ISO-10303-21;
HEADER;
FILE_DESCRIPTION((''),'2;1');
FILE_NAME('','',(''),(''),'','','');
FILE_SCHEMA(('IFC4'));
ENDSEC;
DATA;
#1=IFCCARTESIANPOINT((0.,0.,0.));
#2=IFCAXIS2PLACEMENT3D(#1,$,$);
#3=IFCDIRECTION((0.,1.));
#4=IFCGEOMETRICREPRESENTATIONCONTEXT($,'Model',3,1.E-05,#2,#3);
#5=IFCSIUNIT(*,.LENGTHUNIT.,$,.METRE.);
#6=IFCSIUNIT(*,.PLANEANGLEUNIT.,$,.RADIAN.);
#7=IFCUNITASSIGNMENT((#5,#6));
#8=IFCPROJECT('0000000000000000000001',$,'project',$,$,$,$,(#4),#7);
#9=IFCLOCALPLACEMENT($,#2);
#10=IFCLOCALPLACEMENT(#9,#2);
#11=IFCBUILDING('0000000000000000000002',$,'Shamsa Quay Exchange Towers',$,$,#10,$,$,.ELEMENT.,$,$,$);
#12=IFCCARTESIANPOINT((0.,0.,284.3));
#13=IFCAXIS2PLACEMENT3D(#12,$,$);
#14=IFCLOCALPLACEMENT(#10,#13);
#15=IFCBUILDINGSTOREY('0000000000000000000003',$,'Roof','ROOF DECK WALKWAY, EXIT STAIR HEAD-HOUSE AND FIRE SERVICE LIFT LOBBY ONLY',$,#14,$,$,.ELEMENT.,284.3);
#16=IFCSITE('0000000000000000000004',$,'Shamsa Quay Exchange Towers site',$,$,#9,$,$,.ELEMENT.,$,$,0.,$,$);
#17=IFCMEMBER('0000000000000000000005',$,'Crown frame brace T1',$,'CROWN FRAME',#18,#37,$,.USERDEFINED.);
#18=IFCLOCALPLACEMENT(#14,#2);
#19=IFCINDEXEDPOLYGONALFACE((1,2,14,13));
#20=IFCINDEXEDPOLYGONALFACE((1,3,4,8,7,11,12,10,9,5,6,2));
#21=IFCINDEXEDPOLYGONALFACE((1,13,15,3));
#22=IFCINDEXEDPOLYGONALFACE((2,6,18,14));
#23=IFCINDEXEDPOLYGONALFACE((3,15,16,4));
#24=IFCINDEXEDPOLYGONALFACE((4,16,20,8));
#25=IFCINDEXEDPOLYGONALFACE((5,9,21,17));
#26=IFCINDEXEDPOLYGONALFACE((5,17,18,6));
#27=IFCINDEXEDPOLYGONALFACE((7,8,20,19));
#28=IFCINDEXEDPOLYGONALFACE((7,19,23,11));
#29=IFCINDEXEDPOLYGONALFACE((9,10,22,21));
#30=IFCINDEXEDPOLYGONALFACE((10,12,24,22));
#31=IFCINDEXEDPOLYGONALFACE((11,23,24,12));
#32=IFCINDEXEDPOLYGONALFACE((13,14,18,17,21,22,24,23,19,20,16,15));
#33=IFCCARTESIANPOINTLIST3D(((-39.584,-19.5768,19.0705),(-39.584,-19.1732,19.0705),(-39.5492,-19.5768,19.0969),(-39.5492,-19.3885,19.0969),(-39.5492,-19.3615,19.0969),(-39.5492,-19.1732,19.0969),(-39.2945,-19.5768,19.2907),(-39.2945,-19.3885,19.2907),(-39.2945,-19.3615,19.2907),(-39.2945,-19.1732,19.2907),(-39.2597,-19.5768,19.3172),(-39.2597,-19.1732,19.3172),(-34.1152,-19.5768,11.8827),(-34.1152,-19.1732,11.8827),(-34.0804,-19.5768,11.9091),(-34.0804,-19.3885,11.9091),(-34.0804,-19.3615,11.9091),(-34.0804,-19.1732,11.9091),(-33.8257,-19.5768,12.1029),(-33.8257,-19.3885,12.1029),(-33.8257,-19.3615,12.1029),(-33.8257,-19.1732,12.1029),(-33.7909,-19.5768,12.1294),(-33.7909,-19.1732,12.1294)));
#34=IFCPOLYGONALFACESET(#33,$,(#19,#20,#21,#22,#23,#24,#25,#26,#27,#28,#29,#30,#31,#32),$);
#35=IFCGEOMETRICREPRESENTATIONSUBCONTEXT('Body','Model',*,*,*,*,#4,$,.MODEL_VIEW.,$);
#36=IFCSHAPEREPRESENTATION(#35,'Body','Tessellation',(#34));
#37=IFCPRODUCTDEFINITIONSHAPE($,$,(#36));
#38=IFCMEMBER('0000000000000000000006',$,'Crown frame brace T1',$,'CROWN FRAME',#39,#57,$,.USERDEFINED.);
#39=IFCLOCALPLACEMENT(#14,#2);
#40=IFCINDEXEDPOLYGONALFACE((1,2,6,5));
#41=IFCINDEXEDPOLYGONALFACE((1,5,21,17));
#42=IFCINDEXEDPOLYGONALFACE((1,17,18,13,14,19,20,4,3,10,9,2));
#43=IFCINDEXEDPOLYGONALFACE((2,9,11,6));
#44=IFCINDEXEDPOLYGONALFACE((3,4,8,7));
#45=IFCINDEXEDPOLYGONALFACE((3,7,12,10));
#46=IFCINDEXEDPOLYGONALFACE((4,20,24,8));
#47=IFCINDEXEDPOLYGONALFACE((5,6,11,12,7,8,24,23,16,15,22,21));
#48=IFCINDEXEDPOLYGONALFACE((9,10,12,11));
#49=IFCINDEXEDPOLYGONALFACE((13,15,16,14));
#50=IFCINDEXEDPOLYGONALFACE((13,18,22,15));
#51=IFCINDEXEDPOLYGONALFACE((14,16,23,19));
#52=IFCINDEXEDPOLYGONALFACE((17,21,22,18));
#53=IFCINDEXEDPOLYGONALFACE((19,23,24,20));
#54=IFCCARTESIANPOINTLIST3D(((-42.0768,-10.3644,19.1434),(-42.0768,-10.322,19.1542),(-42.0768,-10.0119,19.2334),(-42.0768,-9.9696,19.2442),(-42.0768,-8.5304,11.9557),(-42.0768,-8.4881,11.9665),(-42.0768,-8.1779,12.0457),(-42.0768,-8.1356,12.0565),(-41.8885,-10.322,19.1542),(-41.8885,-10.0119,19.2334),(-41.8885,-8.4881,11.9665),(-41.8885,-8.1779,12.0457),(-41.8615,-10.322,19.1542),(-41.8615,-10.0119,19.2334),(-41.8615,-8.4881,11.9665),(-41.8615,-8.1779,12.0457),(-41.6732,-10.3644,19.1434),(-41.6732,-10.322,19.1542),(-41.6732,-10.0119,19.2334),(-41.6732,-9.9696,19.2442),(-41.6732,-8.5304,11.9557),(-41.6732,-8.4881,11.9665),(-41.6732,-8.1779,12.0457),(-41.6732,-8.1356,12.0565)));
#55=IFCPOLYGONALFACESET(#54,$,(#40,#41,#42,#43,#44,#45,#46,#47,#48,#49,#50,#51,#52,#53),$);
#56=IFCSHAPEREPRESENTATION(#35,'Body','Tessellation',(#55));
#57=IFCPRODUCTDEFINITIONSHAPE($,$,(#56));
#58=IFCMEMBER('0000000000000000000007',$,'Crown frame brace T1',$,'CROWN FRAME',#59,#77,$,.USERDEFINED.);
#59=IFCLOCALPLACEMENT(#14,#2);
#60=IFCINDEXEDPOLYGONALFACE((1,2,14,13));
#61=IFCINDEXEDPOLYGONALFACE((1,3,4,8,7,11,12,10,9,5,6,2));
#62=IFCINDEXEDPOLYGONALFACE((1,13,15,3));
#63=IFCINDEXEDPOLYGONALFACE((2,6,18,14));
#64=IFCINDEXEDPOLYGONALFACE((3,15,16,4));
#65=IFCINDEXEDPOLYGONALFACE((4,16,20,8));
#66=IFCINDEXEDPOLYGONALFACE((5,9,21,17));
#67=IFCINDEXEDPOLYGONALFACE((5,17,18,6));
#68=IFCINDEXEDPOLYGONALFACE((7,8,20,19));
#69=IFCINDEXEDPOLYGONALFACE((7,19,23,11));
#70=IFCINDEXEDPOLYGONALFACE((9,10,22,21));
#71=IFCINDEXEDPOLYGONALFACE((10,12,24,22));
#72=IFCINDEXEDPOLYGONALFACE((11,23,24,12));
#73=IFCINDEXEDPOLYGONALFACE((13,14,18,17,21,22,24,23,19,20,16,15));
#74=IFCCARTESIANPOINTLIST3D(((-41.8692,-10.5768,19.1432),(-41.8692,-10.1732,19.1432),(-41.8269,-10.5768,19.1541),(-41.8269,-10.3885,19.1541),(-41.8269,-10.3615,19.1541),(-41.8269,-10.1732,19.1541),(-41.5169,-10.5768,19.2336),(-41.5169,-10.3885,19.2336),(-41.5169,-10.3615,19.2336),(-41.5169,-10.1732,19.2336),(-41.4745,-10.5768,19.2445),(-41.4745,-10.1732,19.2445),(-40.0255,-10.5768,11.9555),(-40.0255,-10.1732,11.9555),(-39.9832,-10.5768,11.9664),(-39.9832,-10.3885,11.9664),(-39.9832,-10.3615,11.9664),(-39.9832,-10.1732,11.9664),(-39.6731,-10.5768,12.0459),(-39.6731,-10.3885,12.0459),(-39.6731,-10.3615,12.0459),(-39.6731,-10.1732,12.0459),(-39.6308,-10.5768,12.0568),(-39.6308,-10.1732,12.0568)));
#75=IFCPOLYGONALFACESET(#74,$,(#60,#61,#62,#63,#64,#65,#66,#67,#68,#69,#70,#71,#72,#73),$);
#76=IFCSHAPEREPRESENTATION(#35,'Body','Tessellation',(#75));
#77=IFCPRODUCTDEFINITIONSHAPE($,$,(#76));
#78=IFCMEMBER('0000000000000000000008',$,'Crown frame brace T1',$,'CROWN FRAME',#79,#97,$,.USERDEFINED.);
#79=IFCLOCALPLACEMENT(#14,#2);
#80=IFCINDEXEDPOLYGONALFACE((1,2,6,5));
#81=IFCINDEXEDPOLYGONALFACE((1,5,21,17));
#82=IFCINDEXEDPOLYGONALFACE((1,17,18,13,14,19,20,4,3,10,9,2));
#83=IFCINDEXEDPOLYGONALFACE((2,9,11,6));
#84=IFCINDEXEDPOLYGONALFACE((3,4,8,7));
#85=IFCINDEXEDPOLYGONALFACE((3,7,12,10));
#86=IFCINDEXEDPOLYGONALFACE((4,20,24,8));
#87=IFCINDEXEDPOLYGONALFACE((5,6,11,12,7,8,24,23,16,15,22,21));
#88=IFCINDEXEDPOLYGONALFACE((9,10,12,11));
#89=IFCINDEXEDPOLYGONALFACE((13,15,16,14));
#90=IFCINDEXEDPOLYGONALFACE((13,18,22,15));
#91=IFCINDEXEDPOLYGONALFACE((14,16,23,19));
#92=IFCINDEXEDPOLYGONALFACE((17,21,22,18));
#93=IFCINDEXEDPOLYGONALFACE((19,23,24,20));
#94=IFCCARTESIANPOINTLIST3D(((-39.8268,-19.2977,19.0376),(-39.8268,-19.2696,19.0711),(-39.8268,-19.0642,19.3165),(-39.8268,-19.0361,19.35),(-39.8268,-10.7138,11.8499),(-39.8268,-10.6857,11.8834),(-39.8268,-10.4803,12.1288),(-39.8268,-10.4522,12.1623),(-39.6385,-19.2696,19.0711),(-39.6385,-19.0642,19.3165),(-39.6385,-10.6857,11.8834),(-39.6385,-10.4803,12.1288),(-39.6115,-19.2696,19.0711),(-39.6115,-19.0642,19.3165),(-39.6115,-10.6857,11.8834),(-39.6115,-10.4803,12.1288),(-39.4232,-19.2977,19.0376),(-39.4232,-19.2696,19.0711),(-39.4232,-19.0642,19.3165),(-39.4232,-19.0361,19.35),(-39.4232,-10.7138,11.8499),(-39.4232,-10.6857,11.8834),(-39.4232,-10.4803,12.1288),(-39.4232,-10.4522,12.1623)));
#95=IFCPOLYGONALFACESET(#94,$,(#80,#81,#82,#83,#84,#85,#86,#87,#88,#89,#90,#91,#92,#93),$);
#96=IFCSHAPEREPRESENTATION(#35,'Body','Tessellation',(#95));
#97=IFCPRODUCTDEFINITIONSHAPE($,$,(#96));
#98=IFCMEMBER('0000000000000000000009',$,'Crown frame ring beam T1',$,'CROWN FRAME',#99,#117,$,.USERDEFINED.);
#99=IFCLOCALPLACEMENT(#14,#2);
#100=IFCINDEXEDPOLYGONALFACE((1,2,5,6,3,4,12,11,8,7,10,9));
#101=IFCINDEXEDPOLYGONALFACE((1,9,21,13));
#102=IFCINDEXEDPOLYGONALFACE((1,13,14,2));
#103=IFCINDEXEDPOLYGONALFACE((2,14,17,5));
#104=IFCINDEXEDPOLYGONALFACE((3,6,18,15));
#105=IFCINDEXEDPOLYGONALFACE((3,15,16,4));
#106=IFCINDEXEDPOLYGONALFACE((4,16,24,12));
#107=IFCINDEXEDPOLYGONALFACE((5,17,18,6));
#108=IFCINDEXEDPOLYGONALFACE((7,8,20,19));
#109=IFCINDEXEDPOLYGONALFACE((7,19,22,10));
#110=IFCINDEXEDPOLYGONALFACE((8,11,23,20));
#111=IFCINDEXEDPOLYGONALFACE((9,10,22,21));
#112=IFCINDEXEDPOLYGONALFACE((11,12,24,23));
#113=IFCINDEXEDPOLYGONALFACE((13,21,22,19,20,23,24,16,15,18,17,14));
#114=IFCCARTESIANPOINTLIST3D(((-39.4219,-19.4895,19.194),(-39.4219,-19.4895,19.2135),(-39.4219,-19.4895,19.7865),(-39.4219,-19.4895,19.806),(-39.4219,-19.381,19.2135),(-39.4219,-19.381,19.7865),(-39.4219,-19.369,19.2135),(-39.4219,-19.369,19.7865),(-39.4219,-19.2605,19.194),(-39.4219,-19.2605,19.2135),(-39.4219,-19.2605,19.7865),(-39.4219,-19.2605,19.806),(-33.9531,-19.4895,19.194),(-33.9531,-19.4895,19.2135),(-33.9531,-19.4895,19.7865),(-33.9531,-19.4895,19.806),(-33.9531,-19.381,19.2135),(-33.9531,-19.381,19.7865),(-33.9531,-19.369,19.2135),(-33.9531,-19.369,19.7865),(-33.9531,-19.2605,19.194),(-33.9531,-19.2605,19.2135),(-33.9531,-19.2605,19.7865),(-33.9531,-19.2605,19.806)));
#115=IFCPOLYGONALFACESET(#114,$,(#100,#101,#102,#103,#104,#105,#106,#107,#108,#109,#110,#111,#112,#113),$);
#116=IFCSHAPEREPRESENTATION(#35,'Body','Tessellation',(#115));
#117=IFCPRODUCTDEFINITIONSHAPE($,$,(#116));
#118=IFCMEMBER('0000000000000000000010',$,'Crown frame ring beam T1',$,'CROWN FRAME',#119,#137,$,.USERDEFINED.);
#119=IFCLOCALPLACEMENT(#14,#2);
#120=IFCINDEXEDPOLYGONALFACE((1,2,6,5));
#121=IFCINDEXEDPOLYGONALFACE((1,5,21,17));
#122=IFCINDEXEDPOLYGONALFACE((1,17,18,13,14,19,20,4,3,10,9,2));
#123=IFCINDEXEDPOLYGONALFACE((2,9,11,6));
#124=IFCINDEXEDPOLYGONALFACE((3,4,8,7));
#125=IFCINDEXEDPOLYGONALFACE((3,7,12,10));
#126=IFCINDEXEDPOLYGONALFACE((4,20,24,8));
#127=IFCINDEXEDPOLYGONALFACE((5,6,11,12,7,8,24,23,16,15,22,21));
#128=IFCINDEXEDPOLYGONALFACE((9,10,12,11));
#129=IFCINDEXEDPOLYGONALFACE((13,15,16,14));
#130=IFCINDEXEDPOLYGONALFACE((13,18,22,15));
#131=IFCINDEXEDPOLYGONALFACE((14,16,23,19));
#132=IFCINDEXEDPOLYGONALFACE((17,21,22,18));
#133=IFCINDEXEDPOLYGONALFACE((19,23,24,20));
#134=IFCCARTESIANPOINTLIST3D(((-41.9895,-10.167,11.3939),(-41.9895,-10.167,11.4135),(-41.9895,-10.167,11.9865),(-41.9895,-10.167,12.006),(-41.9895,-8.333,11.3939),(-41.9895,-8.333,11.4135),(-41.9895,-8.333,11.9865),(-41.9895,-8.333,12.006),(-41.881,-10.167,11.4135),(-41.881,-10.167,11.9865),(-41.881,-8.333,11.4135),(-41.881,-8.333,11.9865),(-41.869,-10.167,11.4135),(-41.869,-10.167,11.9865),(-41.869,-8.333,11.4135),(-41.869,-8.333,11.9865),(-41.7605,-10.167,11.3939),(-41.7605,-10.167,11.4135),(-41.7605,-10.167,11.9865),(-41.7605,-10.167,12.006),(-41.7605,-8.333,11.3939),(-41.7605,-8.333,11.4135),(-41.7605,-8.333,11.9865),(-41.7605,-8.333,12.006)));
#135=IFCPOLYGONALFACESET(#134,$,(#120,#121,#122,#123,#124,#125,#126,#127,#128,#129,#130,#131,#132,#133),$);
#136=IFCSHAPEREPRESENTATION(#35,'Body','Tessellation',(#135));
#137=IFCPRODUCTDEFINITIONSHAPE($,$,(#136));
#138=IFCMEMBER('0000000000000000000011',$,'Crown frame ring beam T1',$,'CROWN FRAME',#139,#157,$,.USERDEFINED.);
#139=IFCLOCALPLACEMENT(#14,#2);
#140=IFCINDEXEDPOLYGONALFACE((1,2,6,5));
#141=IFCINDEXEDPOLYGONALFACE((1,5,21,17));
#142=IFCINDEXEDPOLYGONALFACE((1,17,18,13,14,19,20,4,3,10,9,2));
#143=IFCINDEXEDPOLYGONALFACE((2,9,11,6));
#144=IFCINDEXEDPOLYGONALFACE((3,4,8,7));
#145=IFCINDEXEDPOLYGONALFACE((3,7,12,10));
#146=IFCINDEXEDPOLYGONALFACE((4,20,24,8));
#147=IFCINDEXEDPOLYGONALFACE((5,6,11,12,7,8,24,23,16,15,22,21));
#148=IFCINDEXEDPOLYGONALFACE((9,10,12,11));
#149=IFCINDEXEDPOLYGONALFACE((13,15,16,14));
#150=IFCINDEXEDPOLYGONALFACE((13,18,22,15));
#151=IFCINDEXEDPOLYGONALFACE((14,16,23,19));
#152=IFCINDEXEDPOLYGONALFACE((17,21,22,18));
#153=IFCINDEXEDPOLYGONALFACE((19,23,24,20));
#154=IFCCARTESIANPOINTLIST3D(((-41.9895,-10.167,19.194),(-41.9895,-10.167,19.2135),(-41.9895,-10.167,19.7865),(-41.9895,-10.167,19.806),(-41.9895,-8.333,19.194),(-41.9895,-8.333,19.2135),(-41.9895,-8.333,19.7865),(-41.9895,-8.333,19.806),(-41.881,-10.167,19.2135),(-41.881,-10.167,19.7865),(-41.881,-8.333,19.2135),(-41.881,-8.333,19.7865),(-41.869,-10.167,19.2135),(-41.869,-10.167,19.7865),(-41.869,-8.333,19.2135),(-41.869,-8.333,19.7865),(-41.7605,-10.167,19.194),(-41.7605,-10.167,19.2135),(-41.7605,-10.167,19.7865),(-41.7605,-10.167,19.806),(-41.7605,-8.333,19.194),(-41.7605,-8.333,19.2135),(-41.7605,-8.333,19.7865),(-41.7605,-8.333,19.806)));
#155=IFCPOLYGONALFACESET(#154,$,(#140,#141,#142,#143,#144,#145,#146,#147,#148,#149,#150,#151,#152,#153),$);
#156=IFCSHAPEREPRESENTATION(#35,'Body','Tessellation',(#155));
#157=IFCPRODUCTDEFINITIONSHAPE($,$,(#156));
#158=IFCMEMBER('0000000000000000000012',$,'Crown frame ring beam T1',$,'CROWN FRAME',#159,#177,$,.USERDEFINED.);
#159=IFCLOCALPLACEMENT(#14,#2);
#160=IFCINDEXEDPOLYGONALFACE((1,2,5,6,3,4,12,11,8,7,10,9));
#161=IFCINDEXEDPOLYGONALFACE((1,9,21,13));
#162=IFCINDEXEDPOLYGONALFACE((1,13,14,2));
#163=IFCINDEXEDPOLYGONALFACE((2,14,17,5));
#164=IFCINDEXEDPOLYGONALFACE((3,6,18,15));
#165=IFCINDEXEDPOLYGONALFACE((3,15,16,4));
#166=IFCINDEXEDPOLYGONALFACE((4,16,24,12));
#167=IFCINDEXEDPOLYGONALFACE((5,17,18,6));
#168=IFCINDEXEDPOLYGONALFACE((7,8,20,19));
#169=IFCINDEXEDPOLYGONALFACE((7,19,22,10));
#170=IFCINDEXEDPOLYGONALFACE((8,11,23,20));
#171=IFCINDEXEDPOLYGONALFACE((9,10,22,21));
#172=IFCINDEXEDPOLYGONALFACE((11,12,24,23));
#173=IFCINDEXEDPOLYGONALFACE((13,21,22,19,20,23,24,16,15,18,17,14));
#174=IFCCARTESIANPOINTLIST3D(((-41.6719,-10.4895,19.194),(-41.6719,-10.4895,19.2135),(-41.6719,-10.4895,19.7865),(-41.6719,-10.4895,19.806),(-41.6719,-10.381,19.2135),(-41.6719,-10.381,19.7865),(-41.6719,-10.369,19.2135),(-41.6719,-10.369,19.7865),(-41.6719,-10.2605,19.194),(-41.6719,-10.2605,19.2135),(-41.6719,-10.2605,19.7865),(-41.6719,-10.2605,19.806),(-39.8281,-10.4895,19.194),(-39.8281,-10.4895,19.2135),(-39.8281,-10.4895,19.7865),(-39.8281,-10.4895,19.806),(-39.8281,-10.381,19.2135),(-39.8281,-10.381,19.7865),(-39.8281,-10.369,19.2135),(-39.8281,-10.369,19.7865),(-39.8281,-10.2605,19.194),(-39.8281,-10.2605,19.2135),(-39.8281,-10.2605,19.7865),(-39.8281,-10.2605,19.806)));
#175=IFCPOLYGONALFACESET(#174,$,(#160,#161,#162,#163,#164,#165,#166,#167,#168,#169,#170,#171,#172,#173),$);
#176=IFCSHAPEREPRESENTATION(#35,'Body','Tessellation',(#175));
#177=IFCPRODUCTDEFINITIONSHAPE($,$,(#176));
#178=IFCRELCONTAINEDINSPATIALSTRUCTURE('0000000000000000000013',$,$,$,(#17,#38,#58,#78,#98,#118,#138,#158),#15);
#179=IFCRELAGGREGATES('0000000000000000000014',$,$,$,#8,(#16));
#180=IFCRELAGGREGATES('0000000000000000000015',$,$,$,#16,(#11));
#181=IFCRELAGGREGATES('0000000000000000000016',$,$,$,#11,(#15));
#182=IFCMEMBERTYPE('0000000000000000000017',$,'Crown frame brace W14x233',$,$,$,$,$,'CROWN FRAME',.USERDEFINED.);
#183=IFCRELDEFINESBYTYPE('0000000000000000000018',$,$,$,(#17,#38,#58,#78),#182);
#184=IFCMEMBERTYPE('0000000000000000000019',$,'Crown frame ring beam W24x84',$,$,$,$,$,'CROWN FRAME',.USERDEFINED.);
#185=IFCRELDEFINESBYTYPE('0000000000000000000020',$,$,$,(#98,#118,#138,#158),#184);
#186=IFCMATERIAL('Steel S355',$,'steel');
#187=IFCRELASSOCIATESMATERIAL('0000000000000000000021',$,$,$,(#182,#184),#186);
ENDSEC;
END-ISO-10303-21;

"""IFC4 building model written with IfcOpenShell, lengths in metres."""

from ifc_helpers import new_model, si_unit, direction, frame, origin, origin_2d, place, context, subcontext, project, spatial, i_section, extrude, material, material_profile, profile_set, type_object, element, save


model = new_model("IFC4")

# Units and contexts
model_context = context("Model", 3, precision=1e-05, world=origin(), true_north=direction((0.0, 1.0)))
body_context = subcontext(model_context, "Body", "Model", "MODEL_VIEW")
ifc_project = project(units=[si_unit("LENGTHUNIT", "METRE"), si_unit("PLANEANGLEUNIT", "RADIAN")], contexts=[model_context])

# Site, building, storey
site_placement = place(None, origin())
site = spatial("IfcSite", under=ifc_project, at=site_placement, Name="Shamsa Quay Exchange Towers site", CompositionType="ELEMENT", RefElevation=0.0)
building_placement = place(site_placement, origin())
building = spatial("IfcBuilding", under=site, at=building_placement, Name="Shamsa Quay Exchange Towers", CompositionType="ELEMENT")
storey_placement = place(building_placement, frame((0.0, 0.0, 284.3)))
storey = spatial("IfcBuildingStorey", under=building, at=storey_placement, Name="Roof", Description="ROOF DECK WALKWAY, EXIT STAIR HEAD-HOUSE AND FIRE SERVICE LIFT LOBBY ONLY", CompositionType="ELEMENT", Elevation=284.3)

# Members
ifc_material_1 = material(Name="Steel S355", Category="steel")
ifc_material_profile_1 = material_profile(ifc_material_1, i_section(OverallWidth=0.4036, OverallDepth=0.4075, WebThickness=0.0271, FlangeThickness=0.0437, at=origin_2d()), Name="W14x233")
ifc_profile_set_1 = profile_set([ifc_material_profile_1], Name="Steel S355")
member_type_1 = type_object("IfcMemberType", Name="Crown frame brace W14x233", ElementType="CROWN FRAME", PredefinedType="USERDEFINED", material=ifc_profile_set_1)
member_1_placement = place(storey_placement, frame((-39.4219, -19.375, 19.1938), z_axis=(0.605509, 0.0, -0.795839), x_axis=(0.0, 1.0, 0.0)))
element("IfcMember", 1, at=member_1_placement, inside=storey, type_object=member_type_1, Name="Crown frame brace T1", ObjectType="CROWN FRAME", PredefinedType="USERDEFINED", context=body_context, shape_type="SweptSolid", body=[
    extrude(i_section(OverallWidth=0.4036, OverallDepth=0.4075, WebThickness=0.0271, FlangeThickness=0.0437, at=origin_2d()), origin(), (0.0, 0.0, 1.0), 9.0317),
])
member_2_placement = place(storey_placement, frame((-41.875, -8.333, 12.0061), z_axis=(0.0, -0.247233, 0.968956), x_axis=(1.0, 0.0, 0.0)))
element("IfcMember", 2, at=member_2_placement, inside=storey, type_object=member_type_1, Name="Crown frame brace T1", ObjectType="CROWN FRAME", PredefinedType="USERDEFINED", context=body_context, shape_type="SweptSolid", body=[
    extrude(i_section(OverallWidth=0.4036, OverallDepth=0.4075, WebThickness=0.0271, FlangeThickness=0.0437, at=origin_2d()), origin(), (0.0, 0.0, 1.0), 7.418),
])
member_3_placement = place(storey_placement, frame((-41.6719, -10.375, 19.1938), z_axis=(0.248469, 0.0, -0.96864), x_axis=(0.0, 1.0, 0.0)))
element("IfcMember", 3, at=member_3_placement, inside=storey, type_object=member_type_1, Name="Crown frame brace T1", ObjectType="CROWN FRAME", PredefinedType="USERDEFINED", context=body_context, shape_type="SweptSolid", body=[
    extrude(i_section(OverallWidth=0.4036, OverallDepth=0.4075, WebThickness=0.0271, FlangeThickness=0.0437, at=origin_2d()), origin(), (0.0, 0.0, 1.0), 7.4204),
])
member_4_placement = place(storey_placement, frame((-39.625, -10.583, 12.0061), z_axis=(0.0, -0.766707, 0.641997), x_axis=(1.0, 0.0, 0.0)))
element("IfcMember", 4, at=member_4_placement, inside=storey, type_object=member_type_1, Name="Crown frame brace T1", ObjectType="CROWN FRAME", PredefinedType="USERDEFINED", context=body_context, shape_type="SweptSolid", body=[
    extrude(i_section(OverallWidth=0.4036, OverallDepth=0.4075, WebThickness=0.0271, FlangeThickness=0.0437, at=origin_2d()), origin(), (0.0, 0.0, 1.0), 11.1958),
])
ifc_material_profile_2 = material_profile(ifc_material_1, i_section(OverallWidth=0.229, OverallDepth=0.6121, WebThickness=0.012, FlangeThickness=0.0195, at=origin_2d()), Name="W24x84")
ifc_profile_set_2 = profile_set([ifc_material_profile_2], Name="Steel S355")
member_type_2 = type_object("IfcMemberType", Name="Crown frame ring beam W24x84", ElementType="CROWN FRAME", PredefinedType="USERDEFINED", material=ifc_profile_set_2)
member_5_placement = place(storey_placement, frame((-39.4219, -19.375, 19.5), z_axis=(1.0, 0.0, 0.0), x_axis=(0.0, 1.0, 0.0)))
element("IfcMember", 5, at=member_5_placement, inside=storey, type_object=member_type_2, Name="Crown frame ring beam T1", ObjectType="CROWN FRAME", PredefinedType="USERDEFINED", context=body_context, shape_type="SweptSolid", body=[
    extrude(i_section(OverallWidth=0.229, OverallDepth=0.6121, WebThickness=0.012, FlangeThickness=0.0195, at=origin_2d()), origin(), (0.0, 0.0, 1.0), 5.4688),
])
for number, where, z_axis, x_axis, name in (
    (6, (-41.875, -8.333, 11.7), (0.0, -1.0, 0.0), (1.0, 0.0, 0.0), "Crown frame ring beam T1"),
    (7, (-41.875, -8.333, 19.5), (0.0, -1.0, 0.0), (1.0, 0.0, 0.0), "Crown frame ring beam T1"),
):
    element("IfcMember", number, at=place(storey_placement, frame(where, z_axis=z_axis, x_axis=x_axis)), inside=storey, type_object=member_type_2, Name=name, ObjectType="CROWN FRAME", PredefinedType="USERDEFINED", context=body_context, shape_type="SweptSolid", body=[
        extrude(i_section(OverallWidth=0.229, OverallDepth=0.6121, WebThickness=0.012, FlangeThickness=0.0195, at=origin_2d()), origin(), (0.0, 0.0, 1.0), 1.834),
    ])
member_6_placement = place(storey_placement, frame((-41.6719, -10.375, 19.5), z_axis=(1.0, 0.0, 0.0), x_axis=(0.0, 1.0, 0.0)))
element("IfcMember", 8, at=member_6_placement, inside=storey, type_object=member_type_2, Name="Crown frame ring beam T1", ObjectType="CROWN FRAME", PredefinedType="USERDEFINED", context=body_context, shape_type="SweptSolid", body=[
    extrude(i_section(OverallWidth=0.229, OverallDepth=0.6121, WebThickness=0.012, FlangeThickness=0.0195, at=origin_2d()), origin(), (0.0, 0.0, 1.0), 1.8438),
])

save(model, "model.ifc")
